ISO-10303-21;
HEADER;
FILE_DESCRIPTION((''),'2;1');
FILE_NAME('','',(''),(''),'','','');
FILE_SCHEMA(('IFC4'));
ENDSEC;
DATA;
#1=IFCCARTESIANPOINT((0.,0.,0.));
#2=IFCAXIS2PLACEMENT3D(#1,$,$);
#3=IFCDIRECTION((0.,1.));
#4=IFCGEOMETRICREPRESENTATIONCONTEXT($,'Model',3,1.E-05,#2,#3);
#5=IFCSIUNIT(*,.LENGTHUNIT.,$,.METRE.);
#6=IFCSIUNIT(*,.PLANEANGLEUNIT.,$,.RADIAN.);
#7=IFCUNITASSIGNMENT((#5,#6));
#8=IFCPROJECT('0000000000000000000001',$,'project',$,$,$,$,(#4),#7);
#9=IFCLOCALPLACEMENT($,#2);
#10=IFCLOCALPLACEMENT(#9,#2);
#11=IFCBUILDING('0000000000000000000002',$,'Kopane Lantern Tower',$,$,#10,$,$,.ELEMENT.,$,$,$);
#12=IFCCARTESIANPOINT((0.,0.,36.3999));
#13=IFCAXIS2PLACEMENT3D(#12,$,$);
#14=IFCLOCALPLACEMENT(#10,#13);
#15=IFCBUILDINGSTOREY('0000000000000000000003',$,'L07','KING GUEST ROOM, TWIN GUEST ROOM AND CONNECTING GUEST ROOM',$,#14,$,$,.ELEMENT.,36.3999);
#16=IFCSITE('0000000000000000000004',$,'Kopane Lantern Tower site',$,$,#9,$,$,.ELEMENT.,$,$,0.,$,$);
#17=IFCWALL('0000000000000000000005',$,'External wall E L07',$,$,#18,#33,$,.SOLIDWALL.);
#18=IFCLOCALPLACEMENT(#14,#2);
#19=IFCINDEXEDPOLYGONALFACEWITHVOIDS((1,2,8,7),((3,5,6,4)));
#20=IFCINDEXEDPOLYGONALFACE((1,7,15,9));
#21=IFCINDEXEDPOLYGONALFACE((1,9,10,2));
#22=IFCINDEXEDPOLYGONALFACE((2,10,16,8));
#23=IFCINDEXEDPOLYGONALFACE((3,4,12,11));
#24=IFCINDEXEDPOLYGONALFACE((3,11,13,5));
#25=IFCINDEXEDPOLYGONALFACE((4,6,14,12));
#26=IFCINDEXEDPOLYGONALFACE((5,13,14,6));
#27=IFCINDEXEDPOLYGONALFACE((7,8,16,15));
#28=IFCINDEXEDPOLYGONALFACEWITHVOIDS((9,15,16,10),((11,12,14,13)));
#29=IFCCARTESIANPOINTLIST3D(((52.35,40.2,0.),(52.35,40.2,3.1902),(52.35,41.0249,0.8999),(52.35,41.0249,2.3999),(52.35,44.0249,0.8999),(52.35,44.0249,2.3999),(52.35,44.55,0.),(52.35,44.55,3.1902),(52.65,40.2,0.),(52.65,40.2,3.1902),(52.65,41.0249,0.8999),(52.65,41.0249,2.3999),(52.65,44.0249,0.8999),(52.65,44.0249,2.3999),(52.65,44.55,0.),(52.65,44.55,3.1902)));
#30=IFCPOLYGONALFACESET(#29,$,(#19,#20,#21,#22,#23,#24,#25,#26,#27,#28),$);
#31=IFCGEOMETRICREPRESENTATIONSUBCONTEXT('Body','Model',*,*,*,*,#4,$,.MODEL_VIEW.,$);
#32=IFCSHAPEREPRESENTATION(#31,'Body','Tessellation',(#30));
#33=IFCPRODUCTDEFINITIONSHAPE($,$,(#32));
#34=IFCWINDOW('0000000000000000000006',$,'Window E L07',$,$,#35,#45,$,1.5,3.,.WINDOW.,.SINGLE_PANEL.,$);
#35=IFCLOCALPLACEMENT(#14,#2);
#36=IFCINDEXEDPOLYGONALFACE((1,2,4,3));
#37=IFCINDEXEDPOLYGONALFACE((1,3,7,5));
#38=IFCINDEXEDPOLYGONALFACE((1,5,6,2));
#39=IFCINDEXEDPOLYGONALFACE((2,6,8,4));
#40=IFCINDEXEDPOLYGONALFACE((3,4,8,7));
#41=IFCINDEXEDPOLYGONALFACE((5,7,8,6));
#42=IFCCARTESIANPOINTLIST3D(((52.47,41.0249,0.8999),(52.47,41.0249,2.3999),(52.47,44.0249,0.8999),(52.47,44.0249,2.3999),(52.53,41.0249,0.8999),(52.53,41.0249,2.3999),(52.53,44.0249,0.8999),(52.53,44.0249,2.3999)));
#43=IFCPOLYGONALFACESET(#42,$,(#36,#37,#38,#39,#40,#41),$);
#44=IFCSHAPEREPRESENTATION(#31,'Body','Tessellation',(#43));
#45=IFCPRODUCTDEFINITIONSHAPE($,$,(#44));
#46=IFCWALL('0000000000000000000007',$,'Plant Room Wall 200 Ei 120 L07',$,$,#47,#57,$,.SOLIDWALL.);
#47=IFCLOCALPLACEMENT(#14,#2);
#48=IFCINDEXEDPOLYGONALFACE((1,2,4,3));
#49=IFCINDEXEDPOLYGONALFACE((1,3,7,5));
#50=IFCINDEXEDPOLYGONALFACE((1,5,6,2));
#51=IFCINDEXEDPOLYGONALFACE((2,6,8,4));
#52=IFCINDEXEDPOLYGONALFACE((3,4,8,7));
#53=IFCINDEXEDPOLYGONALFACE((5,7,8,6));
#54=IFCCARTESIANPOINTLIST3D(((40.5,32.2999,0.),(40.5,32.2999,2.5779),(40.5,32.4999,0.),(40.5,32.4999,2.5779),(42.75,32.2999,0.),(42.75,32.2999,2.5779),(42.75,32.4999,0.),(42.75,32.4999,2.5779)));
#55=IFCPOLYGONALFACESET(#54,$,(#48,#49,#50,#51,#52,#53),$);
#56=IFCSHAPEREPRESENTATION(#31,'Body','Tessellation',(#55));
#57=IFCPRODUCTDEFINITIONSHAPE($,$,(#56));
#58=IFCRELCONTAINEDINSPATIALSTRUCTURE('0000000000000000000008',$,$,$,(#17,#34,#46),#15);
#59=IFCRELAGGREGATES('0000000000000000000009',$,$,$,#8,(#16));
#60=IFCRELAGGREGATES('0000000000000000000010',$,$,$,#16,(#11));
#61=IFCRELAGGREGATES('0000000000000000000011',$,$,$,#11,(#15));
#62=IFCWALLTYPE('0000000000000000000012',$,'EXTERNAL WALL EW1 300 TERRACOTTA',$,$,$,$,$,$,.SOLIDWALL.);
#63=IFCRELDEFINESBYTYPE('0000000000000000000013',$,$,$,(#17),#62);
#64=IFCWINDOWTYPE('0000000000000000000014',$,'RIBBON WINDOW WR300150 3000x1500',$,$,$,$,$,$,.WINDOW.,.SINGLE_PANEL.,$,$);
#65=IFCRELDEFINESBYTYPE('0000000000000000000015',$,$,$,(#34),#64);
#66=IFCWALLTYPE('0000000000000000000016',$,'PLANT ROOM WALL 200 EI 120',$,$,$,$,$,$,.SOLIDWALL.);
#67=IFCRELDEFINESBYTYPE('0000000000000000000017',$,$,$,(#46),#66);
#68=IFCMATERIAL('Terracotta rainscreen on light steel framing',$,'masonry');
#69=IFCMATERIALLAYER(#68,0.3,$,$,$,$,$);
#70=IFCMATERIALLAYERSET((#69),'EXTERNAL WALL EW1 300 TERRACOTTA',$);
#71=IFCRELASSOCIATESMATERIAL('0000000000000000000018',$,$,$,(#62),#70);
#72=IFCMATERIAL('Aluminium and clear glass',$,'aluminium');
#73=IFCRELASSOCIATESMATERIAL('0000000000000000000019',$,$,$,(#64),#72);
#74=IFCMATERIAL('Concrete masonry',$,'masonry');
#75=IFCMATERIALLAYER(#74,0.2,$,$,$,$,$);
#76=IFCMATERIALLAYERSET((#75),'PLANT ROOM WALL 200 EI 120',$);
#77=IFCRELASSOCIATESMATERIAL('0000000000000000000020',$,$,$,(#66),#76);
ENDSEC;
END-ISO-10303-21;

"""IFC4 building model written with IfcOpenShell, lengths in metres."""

from ifc_helpers import new_model, si_unit, direction, frame, frame_2d, origin, place, context, subcontext, project, spatial, rectangle, extrude, material, layer, layer_set, type_object, element, fill, save


model = new_model("IFC4")

# Units and contexts
model_context = context("Model", 3, precision=1e-05, world=origin(), true_north=direction((0.0, 1.0)))
body_context = subcontext(model_context, "Body", "Model", "MODEL_VIEW")
ifc_project = project(units=[si_unit("LENGTHUNIT", "METRE"), si_unit("PLANEANGLEUNIT", "RADIAN")], contexts=[model_context])

# Site, building, storey
site_placement = place(None, origin())
site = spatial("IfcSite", under=ifc_project, at=site_placement, Name="Kopane Lantern Tower site", CompositionType="ELEMENT", RefElevation=0.0)
building_placement = place(site_placement, origin())
building = spatial("IfcBuilding", under=site, at=building_placement, Name="Kopane Lantern Tower", CompositionType="ELEMENT")
storey_placement = place(building_placement, frame((0.0, 0.0, 36.3999)))
storey = spatial("IfcBuildingStorey", under=building, at=storey_placement, Name="L07", Description="KING GUEST ROOM, TWIN GUEST ROOM AND CONNECTING GUEST ROOM", CompositionType="ELEMENT", Elevation=36.3999)

# Wall, opening, window
ifc_material_1 = material(Name="Terracotta rainscreen on light steel framing", Category="masonry")
ifc_layer_1 = layer(ifc_material_1, 0.3)
ifc_layer_set_1 = layer_set([ifc_layer_1], Name="EXTERNAL WALL EW1 300 TERRACOTTA")
wall_type_1 = type_object("IfcWallType", Name="EXTERNAL WALL EW1 300 TERRACOTTA", PredefinedType="SOLIDWALL", material=ifc_layer_set_1)
ifc_material_2 = material(Name="Aluminium and clear glass", Category="aluminium")
window_type = type_object("IfcWindowType", Name="RIBBON WINDOW WR300150 3000x1500", PartitioningType="SINGLE_PANEL", PredefinedType="WINDOW", material=ifc_material_2)
wall_1_placement = place(storey_placement, frame((52.5, 40.2, 0.0), z_axis=(0.0, 0.0, 1.0), x_axis=(0.0, 1.0, 0.0)))
wall_1 = element("IfcWall", 1, at=wall_1_placement, inside=storey, type_object=wall_type_1, Name="External wall E L07", PredefinedType="SOLIDWALL", context=body_context, shape_type="SweptSolid", body=[
    extrude(rectangle(XDim=4.3501, YDim=0.3, at=frame_2d((2.175, 0.0))), origin(), (0.0, 0.0, 1.0), 3.1902),
])
opening_1_placement = place(wall_1_placement, frame((0.825, 0.0, 0.8999)))
opening_1 = element("IfcOpeningElement", 2, at=opening_1_placement, cuts=wall_1, PredefinedType="OPENING", context=body_context, shape_type="SweptSolid", body=[
    extrude(rectangle(XDim=3.0, YDim=1.5, at=frame_2d((1.5, 0.75))), frame((0.0, 0.1599, 0.0), z_axis=(0.0, -1.0, 0.0), x_axis=(1.0, 0.0, 0.0)), (0.0, 0.0, 1.0), 0.3201),
])
window_1_placement = place(opening_1_placement, origin())
window_1 = element("IfcWindow", 3, at=window_1_placement, inside=storey, type_object=window_type, Name="Window E L07", OverallHeight=1.5, OverallWidth=3.0, PartitioningType="SINGLE_PANEL", PredefinedType="WINDOW", context=body_context, shape_type="SweptSolid", body=[
    extrude(rectangle(XDim=3.0, YDim=1.5, at=frame_2d((1.5, 0.75))), frame((0.0, 0.03, 0.0), z_axis=(0.0, -1.0, 0.0), x_axis=(1.0, 0.0, 0.0)), (0.0, 0.0, 1.0), 0.0601),
])
fill(opening_1, window_1)

# Wall
ifc_material_3 = material(Name="Concrete masonry", Category="masonry")
ifc_layer_2 = layer(ifc_material_3, 0.2)
ifc_layer_set_2 = layer_set([ifc_layer_2], Name="PLANT ROOM WALL 200 EI 120")
wall_type_2 = type_object("IfcWallType", Name="PLANT ROOM WALL 200 EI 120", PredefinedType="SOLIDWALL", material=ifc_layer_set_2)
wall_2_placement = place(storey_placement, frame((40.5, 32.3999, 0.0), z_axis=(0.0, 0.0, 1.0), x_axis=(1.0, 0.0, 0.0)))
element("IfcWall", 4, at=wall_2_placement, inside=storey, type_object=wall_type_2, Name="Plant Room Wall 200 Ei 120 L07", PredefinedType="SOLIDWALL", context=body_context, shape_type="SweptSolid", body=[
    extrude(rectangle(XDim=2.25, YDim=0.2, at=frame_2d((1.125, 0.0))), origin(), (0.0, 0.0, 1.0), 2.5779),
])

save(model, "model.ifc")
